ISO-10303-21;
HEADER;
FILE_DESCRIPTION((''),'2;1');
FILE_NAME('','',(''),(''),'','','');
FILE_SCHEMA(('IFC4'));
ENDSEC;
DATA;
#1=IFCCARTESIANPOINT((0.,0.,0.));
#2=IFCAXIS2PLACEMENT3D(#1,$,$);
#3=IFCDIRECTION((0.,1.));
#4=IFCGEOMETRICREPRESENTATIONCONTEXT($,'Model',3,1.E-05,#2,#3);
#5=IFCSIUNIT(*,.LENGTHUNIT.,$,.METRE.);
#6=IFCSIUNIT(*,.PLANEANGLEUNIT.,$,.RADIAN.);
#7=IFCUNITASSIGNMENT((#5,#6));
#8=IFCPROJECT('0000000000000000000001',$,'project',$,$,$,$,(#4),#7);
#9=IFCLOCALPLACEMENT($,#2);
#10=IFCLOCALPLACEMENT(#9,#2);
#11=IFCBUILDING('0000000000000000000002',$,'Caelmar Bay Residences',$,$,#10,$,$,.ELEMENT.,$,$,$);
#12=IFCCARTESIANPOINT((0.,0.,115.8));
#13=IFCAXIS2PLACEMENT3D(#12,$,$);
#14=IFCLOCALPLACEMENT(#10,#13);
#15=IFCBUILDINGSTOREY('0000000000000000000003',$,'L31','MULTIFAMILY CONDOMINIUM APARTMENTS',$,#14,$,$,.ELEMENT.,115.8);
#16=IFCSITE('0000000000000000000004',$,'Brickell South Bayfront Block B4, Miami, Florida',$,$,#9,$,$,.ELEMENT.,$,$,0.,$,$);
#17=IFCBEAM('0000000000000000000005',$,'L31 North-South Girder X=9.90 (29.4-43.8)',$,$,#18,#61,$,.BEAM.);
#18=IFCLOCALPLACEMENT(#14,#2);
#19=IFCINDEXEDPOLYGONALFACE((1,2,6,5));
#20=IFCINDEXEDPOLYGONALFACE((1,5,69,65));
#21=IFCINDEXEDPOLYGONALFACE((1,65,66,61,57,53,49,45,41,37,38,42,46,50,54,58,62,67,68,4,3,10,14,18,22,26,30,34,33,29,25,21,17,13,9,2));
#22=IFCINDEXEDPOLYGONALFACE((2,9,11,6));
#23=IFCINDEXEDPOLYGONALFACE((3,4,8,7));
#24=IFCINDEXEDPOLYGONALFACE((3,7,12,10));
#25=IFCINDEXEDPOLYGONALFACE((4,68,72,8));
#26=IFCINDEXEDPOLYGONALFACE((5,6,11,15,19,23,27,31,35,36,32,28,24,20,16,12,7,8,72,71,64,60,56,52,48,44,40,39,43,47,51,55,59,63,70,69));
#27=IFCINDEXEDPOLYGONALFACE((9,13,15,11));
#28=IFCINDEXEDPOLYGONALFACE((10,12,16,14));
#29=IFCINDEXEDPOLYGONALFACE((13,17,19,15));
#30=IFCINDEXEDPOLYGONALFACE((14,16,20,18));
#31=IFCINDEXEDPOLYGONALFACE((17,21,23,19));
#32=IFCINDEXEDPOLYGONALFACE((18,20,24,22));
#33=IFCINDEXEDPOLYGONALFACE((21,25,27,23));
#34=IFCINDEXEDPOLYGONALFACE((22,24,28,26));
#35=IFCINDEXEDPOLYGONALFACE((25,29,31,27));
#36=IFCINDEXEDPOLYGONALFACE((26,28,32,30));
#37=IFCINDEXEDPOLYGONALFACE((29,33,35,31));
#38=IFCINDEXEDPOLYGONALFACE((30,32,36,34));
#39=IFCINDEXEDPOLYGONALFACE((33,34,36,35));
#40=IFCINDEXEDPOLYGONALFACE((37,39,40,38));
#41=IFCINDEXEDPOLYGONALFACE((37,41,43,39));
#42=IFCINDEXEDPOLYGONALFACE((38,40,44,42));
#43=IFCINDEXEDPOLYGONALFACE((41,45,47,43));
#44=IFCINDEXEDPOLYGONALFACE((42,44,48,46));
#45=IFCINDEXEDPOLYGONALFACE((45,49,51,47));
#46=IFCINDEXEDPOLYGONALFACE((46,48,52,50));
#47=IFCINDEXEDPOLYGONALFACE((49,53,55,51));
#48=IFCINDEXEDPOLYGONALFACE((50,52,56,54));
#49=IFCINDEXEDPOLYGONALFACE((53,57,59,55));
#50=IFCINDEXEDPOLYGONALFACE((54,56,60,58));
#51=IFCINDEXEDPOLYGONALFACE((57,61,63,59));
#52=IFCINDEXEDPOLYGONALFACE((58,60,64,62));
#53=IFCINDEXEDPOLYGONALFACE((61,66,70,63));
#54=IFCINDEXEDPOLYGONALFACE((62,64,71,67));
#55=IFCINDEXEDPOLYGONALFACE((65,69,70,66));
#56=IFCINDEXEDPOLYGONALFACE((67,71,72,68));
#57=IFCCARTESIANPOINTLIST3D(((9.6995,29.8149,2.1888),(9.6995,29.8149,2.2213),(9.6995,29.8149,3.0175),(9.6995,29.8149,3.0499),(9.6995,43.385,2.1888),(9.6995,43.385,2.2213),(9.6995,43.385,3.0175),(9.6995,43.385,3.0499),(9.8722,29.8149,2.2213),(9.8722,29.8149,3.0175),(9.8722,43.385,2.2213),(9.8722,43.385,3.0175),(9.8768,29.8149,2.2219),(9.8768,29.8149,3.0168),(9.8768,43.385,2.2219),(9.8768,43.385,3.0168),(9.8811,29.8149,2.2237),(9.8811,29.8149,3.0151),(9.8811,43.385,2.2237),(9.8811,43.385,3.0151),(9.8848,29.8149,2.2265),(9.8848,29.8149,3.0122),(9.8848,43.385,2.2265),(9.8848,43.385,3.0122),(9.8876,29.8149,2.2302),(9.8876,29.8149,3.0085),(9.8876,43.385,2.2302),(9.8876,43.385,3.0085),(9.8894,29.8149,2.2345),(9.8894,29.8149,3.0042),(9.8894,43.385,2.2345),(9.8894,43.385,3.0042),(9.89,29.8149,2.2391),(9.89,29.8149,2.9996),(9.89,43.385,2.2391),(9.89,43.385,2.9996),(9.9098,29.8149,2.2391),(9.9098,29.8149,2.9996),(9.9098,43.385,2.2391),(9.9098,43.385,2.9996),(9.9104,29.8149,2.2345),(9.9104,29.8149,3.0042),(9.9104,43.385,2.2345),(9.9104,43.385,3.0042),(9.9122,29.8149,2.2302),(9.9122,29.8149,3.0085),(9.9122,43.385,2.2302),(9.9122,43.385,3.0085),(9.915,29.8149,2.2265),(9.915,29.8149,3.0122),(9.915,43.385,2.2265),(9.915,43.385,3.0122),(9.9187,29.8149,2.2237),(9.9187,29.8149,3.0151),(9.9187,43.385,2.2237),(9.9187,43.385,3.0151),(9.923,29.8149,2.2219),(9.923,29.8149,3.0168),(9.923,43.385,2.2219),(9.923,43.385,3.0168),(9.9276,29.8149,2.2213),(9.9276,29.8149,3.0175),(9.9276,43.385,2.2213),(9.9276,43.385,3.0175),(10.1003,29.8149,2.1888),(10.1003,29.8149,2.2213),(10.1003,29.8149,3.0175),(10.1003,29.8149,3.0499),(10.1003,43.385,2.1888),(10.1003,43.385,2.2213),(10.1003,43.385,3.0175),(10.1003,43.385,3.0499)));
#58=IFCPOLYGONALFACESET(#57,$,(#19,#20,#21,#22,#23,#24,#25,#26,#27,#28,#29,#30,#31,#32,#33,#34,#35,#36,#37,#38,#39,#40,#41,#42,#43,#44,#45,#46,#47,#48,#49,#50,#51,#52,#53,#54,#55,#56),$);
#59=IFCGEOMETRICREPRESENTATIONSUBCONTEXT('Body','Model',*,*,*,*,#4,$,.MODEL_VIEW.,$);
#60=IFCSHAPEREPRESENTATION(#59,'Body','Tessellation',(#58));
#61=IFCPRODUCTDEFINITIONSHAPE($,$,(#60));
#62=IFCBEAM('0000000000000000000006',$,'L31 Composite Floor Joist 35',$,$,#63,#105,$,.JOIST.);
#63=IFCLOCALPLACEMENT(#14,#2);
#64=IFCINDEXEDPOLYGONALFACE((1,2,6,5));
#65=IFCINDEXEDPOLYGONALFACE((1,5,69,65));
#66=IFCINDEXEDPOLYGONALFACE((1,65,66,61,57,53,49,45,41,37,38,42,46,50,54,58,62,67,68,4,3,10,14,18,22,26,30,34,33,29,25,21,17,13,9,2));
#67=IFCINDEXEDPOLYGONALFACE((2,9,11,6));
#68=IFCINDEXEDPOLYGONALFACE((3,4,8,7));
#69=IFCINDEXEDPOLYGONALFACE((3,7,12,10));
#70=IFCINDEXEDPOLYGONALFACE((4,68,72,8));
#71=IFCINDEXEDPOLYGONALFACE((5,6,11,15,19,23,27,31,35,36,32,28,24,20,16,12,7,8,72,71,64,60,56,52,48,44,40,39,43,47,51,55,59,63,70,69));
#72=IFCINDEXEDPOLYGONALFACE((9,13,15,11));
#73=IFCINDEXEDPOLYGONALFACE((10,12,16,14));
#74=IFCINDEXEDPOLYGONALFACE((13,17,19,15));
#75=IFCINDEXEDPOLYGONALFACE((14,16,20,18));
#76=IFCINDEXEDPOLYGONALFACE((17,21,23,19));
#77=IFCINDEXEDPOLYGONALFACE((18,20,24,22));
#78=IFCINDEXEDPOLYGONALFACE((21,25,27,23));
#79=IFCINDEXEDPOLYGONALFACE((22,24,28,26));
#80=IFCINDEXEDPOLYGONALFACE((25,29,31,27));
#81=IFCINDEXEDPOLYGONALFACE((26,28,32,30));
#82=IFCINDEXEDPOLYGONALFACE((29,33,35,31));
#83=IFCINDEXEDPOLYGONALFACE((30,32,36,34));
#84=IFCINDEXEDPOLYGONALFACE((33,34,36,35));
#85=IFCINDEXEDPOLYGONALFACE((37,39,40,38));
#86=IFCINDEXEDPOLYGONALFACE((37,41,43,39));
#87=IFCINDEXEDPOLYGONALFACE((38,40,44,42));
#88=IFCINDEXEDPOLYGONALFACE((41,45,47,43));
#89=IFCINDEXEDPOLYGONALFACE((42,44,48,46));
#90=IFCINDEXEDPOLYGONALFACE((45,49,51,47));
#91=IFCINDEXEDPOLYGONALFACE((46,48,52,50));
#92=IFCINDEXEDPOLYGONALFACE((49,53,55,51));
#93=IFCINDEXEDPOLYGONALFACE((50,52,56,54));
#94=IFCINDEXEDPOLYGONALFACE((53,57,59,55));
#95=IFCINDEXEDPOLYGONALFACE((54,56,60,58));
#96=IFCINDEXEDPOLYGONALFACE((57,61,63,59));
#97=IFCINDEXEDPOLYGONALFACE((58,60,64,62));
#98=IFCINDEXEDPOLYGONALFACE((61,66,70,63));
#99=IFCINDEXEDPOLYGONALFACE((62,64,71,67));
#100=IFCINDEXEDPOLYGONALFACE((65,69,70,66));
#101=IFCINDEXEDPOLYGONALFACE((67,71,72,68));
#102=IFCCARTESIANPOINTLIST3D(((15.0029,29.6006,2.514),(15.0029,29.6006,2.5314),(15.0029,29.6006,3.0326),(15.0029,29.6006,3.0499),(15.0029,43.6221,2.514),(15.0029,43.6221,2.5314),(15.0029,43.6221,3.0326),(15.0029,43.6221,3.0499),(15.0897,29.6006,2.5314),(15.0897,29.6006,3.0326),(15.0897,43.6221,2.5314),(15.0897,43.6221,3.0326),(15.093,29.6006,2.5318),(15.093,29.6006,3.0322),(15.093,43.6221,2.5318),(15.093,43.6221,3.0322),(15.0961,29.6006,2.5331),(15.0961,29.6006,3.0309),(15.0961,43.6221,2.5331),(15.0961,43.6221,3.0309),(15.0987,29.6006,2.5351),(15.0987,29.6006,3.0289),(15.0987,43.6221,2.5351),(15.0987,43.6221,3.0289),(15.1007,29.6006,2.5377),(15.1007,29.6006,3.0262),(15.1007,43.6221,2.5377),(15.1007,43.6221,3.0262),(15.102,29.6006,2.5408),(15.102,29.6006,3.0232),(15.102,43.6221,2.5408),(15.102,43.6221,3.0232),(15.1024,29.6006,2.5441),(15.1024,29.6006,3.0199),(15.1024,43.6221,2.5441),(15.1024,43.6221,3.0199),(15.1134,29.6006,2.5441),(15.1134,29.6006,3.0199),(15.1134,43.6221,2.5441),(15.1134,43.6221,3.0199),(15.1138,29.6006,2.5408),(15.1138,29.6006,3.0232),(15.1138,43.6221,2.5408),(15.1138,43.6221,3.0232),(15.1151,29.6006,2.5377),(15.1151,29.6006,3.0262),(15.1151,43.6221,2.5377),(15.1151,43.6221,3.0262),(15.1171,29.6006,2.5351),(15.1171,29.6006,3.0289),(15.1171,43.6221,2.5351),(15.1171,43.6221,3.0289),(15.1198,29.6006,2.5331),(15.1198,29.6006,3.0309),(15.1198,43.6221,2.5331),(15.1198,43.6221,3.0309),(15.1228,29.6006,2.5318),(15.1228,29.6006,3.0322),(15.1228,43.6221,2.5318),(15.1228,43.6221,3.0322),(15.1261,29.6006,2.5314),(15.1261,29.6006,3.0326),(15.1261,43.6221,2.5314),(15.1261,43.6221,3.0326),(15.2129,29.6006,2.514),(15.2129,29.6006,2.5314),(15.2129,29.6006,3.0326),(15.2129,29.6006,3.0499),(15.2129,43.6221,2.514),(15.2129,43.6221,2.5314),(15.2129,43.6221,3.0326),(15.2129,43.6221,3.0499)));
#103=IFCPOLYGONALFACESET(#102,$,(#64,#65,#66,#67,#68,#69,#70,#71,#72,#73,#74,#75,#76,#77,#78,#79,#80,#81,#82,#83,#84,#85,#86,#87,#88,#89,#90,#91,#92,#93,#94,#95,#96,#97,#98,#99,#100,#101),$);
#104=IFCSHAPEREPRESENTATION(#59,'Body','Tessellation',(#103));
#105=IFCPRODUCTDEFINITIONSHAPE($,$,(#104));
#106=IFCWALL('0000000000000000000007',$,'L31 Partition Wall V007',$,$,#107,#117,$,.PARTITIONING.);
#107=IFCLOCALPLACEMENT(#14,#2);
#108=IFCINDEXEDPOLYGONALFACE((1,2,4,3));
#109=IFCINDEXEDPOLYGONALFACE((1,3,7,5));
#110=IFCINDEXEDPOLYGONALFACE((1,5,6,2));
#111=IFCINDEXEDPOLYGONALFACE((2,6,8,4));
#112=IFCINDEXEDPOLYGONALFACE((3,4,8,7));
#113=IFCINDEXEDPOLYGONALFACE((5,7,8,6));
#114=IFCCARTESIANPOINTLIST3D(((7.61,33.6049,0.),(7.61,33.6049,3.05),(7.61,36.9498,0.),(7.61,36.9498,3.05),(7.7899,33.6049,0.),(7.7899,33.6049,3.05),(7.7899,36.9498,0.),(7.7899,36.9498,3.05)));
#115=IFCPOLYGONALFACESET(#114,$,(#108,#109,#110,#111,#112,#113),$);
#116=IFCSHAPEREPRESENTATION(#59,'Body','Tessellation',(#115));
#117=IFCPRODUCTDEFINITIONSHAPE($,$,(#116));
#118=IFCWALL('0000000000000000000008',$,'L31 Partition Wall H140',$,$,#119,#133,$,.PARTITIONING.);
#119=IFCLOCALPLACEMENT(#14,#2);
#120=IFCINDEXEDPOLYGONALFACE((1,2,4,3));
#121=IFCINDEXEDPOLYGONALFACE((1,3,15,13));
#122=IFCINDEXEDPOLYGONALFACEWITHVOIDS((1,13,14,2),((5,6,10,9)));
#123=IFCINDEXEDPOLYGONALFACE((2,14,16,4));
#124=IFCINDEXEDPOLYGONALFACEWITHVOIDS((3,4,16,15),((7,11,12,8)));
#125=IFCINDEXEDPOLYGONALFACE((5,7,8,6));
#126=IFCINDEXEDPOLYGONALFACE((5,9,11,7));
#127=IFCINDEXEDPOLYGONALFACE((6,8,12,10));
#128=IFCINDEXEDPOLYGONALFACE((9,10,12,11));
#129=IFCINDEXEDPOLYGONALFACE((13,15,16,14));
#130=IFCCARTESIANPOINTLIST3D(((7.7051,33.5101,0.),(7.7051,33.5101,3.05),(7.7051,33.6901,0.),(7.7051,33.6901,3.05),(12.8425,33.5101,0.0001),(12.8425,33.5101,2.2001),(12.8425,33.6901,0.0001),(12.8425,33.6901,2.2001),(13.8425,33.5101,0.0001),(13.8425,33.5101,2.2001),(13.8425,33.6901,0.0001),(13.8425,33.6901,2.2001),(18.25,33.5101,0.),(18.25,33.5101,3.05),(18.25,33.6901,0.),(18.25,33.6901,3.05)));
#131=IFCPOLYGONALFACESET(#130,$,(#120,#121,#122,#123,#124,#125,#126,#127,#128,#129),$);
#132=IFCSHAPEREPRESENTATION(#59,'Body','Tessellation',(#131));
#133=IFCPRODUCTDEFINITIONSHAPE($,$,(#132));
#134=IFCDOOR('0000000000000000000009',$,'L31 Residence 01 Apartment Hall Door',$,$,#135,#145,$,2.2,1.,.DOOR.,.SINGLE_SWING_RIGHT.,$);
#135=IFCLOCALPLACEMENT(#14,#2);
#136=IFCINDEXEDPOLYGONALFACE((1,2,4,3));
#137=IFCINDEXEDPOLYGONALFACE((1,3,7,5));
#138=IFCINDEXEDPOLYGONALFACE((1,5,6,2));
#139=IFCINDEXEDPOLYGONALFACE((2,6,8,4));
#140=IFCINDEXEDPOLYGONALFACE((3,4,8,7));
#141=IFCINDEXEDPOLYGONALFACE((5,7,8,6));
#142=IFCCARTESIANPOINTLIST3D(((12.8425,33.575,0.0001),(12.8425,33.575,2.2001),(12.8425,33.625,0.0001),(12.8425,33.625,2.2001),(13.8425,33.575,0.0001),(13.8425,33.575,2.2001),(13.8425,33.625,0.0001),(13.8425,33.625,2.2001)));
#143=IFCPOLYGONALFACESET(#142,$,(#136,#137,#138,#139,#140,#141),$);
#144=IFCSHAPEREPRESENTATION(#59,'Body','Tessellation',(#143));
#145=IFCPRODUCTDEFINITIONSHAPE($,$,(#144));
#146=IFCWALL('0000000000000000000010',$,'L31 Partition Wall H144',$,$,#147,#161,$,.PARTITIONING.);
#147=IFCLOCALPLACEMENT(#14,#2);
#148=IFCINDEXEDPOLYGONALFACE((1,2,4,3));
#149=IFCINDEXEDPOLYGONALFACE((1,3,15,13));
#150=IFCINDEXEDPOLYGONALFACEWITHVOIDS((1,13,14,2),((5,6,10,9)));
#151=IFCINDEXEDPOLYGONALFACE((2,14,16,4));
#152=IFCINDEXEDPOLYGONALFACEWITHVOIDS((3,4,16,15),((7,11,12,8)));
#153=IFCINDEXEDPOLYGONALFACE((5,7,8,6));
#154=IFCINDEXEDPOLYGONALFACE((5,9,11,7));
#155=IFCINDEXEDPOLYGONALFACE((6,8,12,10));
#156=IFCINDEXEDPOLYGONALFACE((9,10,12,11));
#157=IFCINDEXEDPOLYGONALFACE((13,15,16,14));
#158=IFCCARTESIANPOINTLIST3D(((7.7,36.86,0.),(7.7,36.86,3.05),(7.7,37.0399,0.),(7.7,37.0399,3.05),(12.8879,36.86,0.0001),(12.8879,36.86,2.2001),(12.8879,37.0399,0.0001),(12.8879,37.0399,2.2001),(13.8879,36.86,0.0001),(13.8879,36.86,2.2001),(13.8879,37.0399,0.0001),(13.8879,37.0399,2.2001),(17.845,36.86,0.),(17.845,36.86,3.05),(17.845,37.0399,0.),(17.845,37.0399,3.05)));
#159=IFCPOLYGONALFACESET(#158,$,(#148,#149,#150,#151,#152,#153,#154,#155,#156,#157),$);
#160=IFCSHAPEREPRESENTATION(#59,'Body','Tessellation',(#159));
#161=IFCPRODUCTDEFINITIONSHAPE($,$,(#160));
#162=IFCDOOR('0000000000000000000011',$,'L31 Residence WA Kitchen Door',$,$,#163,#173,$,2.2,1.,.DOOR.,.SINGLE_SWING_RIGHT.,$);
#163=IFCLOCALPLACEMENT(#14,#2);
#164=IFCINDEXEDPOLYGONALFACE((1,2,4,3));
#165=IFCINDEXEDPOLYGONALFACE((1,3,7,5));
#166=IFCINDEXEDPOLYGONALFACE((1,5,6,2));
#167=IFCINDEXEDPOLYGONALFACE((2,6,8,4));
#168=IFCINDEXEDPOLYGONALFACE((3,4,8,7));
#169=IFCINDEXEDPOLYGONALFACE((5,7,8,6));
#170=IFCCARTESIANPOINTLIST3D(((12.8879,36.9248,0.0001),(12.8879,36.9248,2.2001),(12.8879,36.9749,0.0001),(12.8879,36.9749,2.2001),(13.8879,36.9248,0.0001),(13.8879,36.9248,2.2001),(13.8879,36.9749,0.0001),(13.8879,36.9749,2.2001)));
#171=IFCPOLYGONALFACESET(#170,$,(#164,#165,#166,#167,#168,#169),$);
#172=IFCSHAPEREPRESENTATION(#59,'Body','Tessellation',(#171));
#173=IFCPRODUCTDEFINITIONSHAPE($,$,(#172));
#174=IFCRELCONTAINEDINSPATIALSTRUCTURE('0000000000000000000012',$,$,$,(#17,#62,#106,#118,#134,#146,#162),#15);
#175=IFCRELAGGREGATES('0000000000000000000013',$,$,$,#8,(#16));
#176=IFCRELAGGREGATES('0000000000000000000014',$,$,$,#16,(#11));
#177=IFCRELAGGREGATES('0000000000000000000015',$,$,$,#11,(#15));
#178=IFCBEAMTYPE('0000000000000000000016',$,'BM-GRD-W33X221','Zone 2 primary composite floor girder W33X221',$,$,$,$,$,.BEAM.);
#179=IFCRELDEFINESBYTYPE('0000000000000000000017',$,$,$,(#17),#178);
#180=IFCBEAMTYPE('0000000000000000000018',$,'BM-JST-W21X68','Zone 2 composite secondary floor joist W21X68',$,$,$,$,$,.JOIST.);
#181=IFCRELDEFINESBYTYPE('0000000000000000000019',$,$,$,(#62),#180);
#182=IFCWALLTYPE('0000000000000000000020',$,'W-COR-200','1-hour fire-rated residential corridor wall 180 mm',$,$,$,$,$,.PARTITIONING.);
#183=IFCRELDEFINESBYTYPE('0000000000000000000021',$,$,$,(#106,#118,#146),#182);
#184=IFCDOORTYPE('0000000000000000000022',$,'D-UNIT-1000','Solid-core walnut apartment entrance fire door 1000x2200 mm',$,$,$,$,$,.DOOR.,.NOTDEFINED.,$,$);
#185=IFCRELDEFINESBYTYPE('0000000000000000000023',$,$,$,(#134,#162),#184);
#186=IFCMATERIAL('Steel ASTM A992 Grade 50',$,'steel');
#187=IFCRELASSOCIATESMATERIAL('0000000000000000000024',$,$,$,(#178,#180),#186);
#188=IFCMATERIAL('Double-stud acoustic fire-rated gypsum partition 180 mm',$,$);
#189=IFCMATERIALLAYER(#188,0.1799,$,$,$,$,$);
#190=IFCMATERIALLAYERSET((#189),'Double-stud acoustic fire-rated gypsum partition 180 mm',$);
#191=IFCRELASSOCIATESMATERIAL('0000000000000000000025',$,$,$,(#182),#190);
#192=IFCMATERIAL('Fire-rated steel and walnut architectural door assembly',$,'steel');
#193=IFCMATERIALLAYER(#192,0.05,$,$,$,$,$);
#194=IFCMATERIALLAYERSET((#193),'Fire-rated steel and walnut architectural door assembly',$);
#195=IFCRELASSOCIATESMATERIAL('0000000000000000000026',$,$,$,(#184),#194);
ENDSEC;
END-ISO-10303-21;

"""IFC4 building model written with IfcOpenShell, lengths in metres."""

from ifc_helpers import new_model, si_unit, direction, frame, frame_2d, origin, origin_2d, place, context, subcontext, project, spatial, rectangle, i_section, extrude, material, layer, layer_set, material_profile, profile_set, type_object, element, fill, save


model = new_model("IFC4")

# Units and contexts
model_context = context("Model", 3, precision=1e-05, world=origin(), true_north=direction((0.0, 1.0)))
body_context = subcontext(model_context, "Body", "Model", "MODEL_VIEW")
ifc_project = project(units=[si_unit("LENGTHUNIT", "METRE"), si_unit("PLANEANGLEUNIT", "RADIAN")], contexts=[model_context])

# Site, building, storey
site_placement = place(None, origin())
site = spatial("IfcSite", under=ifc_project, at=site_placement, Name="Brickell South Bayfront Block B4, Miami, Florida", CompositionType="ELEMENT", RefElevation=0.0)
building_placement = place(site_placement, origin())
building = spatial("IfcBuilding", under=site, at=building_placement, Name="Caelmar Bay Residences", CompositionType="ELEMENT")
storey_placement = place(building_placement, frame((0.0, 0.0, 115.8)))
storey = spatial("IfcBuildingStorey", under=building, at=storey_placement, Name="L31", Description="MULTIFAMILY CONDOMINIUM APARTMENTS", CompositionType="ELEMENT", Elevation=115.8)

# Beams
ifc_material_1 = material(Name="Steel ASTM A992 Grade 50", Category="steel")
ifc_material_profile_1 = material_profile(ifc_material_1, i_section(OverallWidth=0.4009, OverallDepth=0.8611, WebThickness=0.0198, FlangeThickness=0.0325, FilletRadius=0.0178, at=origin_2d()), Name="W33X221")
ifc_profile_set_1 = profile_set([ifc_material_profile_1], Name="Steel ASTM A992 Grade 50")
beam_type_1 = type_object("IfcBeamType", Name="BM-GRD-W33X221", Description="Zone 2 primary composite floor girder W33X221", PredefinedType="BEAM", material=ifc_profile_set_1)
beam_1_placement = place(storey_placement, frame((9.8999, 29.8149, 2.6194), z_axis=(0.0, 1.0, 0.0), x_axis=(-1.0, 0.0, 0.0)))
element("IfcBeam", 1, at=beam_1_placement, inside=storey, type_object=beam_type_1, Name="L31 North-South Girder X=9.90 (29.4-43.8)", PredefinedType="BEAM", context=body_context, shape_type="SweptSolid", body=[
    extrude(i_section(OverallWidth=0.4009, OverallDepth=0.8611, WebThickness=0.0198, FlangeThickness=0.0325, FilletRadius=0.0178, at=origin_2d()), origin(), (0.0, 0.0, 1.0), 13.5701),
])
ifc_material_profile_2 = material_profile(ifc_material_1, i_section(OverallWidth=0.21, OverallDepth=0.5359, WebThickness=0.011, FlangeThickness=0.0173, FilletRadius=0.0127, at=origin_2d()), Name="W21X68")
ifc_profile_set_2 = profile_set([ifc_material_profile_2], Name="Steel ASTM A992 Grade 50")
beam_type_2 = type_object("IfcBeamType", Name="BM-JST-W21X68", Description="Zone 2 composite secondary floor joist W21X68", PredefinedType="JOIST", material=ifc_profile_set_2)
beam_2_placement = place(storey_placement, frame((15.1079, 29.6006, 2.782), z_axis=(0.0, 1.0, 0.0), x_axis=(-1.0, 0.0, 0.0)))
element("IfcBeam", 2, at=beam_2_placement, inside=storey, type_object=beam_type_2, Name="L31 Composite Floor Joist 35", PredefinedType="JOIST", context=body_context, shape_type="SweptSolid", body=[
    extrude(i_section(OverallWidth=0.21, OverallDepth=0.5359, WebThickness=0.011, FlangeThickness=0.0173, FilletRadius=0.0127, at=origin_2d()), origin(), (0.0, 0.0, 1.0), 14.0215),
])

# Shared definitions
ifc_material_2 = material(Name="Fire-rated steel and walnut architectural door assembly", Category="steel")

# Wall
ifc_material_3 = material(Name="Double-stud acoustic fire-rated gypsum partition 180 mm")
ifc_layer_1 = layer(ifc_material_3, 0.1799)
ifc_layer_set_1 = layer_set([ifc_layer_1], Name="Double-stud acoustic fire-rated gypsum partition 180 mm")
wall_type_1 = type_object("IfcWallType", Name="W-COR-200", Description="1-hour fire-rated residential corridor wall 180 mm", PredefinedType="PARTITIONING", material=ifc_layer_set_1)
wall_1_placement = place(storey_placement, frame((7.7, 33.605, 0.0), z_axis=(0.0, 0.0, 1.0), x_axis=(0.0, 1.0, 0.0)))
element("IfcWall", 3, at=wall_1_placement, inside=storey, type_object=wall_type_1, Name="L31 Partition Wall V007", PredefinedType="PARTITIONING", context=body_context, shape_type="SweptSolid", body=[
    extrude(rectangle(XDim=3.345, YDim=0.1799, at=frame_2d((1.6724, 0.0))), origin(), (0.0, 0.0, 1.0), 3.05),
])

# Walls, openings, doors
wall_2_placement = place(storey_placement, frame((7.7051, 33.6001, 0.0), z_axis=(0.0, 0.0, 1.0), x_axis=(1.0, 0.0, 0.0)))
wall_2 = element("IfcWall", 4, at=wall_2_placement, inside=storey, type_object=wall_type_1, Name="L31 Partition Wall H140", PredefinedType="PARTITIONING", context=body_context, shape_type="SweptSolid", body=[
    extrude(rectangle(XDim=10.5449, YDim=0.1799, at=frame_2d((5.2725, 0.0))), origin(), (0.0, 0.0, 1.0), 3.05),
])
opening_1_placement = place(wall_2_placement, frame((5.1375, 0.0, 0.0)))
opening_1 = element("IfcOpeningElement", 5, at=opening_1_placement, cuts=wall_2, PredefinedType="OPENING", context=body_context, shape_type="SweptSolid", body=[
    extrude(rectangle(XDim=1.0, YDim=2.2, at=frame_2d((0.5, 1.1001))), frame((0.0, 0.0999, 0.0), z_axis=(0.0, -1.0, 0.0), x_axis=(1.0, 0.0, 0.0)), (0.0, 0.0, 1.0), 0.2),
])
ifc_layer_2 = layer(ifc_material_2, 0.05)
ifc_layer_set_2 = layer_set([ifc_layer_2], Name="Fire-rated steel and walnut architectural door assembly")
door_type_1 = type_object("IfcDoorType", Name="D-UNIT-1000", Description="Solid-core walnut apartment entrance fire door 1000x2200 mm", OperationType="NOTDEFINED", PredefinedType="DOOR", material=ifc_layer_set_2)
door_1_placement = place(opening_1_placement, origin())
door_1 = element("IfcDoor", 6, at=door_1_placement, inside=storey, type_object=door_type_1, Name="L31 Residence 01 Apartment Hall Door", OperationType="SINGLE_SWING_RIGHT", OverallHeight=2.2, OverallWidth=1.0, PredefinedType="DOOR", context=body_context, shape_type="SweptSolid", body=[
    extrude(rectangle(XDim=1.0, YDim=2.2, at=frame_2d((0.5, 1.1001))), frame((0.0, 0.0249, 0.0), z_axis=(0.0, -1.0, 0.0), x_axis=(1.0, 0.0, 0.0)), (0.0, 0.0, 1.0), 0.05),
])
fill(opening_1, door_1)
wall_3_placement = place(storey_placement, frame((7.7, 36.95, 0.0), z_axis=(0.0, 0.0, 1.0), x_axis=(1.0, 0.0, 0.0)))
wall_3 = element("IfcWall", 7, at=wall_3_placement, inside=storey, type_object=wall_type_1, Name="L31 Partition Wall H144", PredefinedType="PARTITIONING", context=body_context, shape_type="SweptSolid", body=[
    extrude(rectangle(XDim=10.145, YDim=0.1799, at=frame_2d((5.0725, 0.0))), origin(), (0.0, 0.0, 1.0), 3.05),
])
opening_2_placement = place(wall_3_placement, frame((5.188, 0.0, 0.0)))
opening_2 = element("IfcOpeningElement", 8, at=opening_2_placement, cuts=wall_3, PredefinedType="OPENING", context=body_context, shape_type="SweptSolid", body=[
    extrude(rectangle(XDim=1.0, YDim=2.2, at=frame_2d((0.5, 1.1001))), frame((0.0, 0.0999, 0.0), z_axis=(0.0, -1.0, 0.0), x_axis=(1.0, 0.0, 0.0)), (0.0, 0.0, 1.0), 0.2),
])
door_2_placement = place(opening_2_placement, origin())
door_2 = element("IfcDoor", 9, at=door_2_placement, inside=storey, type_object=door_type_1, Name="L31 Residence WA Kitchen Door", OperationType="SINGLE_SWING_RIGHT", OverallHeight=2.2, OverallWidth=1.0, PredefinedType="DOOR", context=body_context, shape_type="SweptSolid", body=[
    extrude(rectangle(XDim=1.0, YDim=2.2, at=frame_2d((0.5, 1.1001))), frame((0.0, 0.0249, 0.0), z_axis=(0.0, -1.0, 0.0), x_axis=(1.0, 0.0, 0.0)), (0.0, 0.0, 1.0), 0.05),
])
fill(opening_2, door_2)

save(model, "model.ifc")
